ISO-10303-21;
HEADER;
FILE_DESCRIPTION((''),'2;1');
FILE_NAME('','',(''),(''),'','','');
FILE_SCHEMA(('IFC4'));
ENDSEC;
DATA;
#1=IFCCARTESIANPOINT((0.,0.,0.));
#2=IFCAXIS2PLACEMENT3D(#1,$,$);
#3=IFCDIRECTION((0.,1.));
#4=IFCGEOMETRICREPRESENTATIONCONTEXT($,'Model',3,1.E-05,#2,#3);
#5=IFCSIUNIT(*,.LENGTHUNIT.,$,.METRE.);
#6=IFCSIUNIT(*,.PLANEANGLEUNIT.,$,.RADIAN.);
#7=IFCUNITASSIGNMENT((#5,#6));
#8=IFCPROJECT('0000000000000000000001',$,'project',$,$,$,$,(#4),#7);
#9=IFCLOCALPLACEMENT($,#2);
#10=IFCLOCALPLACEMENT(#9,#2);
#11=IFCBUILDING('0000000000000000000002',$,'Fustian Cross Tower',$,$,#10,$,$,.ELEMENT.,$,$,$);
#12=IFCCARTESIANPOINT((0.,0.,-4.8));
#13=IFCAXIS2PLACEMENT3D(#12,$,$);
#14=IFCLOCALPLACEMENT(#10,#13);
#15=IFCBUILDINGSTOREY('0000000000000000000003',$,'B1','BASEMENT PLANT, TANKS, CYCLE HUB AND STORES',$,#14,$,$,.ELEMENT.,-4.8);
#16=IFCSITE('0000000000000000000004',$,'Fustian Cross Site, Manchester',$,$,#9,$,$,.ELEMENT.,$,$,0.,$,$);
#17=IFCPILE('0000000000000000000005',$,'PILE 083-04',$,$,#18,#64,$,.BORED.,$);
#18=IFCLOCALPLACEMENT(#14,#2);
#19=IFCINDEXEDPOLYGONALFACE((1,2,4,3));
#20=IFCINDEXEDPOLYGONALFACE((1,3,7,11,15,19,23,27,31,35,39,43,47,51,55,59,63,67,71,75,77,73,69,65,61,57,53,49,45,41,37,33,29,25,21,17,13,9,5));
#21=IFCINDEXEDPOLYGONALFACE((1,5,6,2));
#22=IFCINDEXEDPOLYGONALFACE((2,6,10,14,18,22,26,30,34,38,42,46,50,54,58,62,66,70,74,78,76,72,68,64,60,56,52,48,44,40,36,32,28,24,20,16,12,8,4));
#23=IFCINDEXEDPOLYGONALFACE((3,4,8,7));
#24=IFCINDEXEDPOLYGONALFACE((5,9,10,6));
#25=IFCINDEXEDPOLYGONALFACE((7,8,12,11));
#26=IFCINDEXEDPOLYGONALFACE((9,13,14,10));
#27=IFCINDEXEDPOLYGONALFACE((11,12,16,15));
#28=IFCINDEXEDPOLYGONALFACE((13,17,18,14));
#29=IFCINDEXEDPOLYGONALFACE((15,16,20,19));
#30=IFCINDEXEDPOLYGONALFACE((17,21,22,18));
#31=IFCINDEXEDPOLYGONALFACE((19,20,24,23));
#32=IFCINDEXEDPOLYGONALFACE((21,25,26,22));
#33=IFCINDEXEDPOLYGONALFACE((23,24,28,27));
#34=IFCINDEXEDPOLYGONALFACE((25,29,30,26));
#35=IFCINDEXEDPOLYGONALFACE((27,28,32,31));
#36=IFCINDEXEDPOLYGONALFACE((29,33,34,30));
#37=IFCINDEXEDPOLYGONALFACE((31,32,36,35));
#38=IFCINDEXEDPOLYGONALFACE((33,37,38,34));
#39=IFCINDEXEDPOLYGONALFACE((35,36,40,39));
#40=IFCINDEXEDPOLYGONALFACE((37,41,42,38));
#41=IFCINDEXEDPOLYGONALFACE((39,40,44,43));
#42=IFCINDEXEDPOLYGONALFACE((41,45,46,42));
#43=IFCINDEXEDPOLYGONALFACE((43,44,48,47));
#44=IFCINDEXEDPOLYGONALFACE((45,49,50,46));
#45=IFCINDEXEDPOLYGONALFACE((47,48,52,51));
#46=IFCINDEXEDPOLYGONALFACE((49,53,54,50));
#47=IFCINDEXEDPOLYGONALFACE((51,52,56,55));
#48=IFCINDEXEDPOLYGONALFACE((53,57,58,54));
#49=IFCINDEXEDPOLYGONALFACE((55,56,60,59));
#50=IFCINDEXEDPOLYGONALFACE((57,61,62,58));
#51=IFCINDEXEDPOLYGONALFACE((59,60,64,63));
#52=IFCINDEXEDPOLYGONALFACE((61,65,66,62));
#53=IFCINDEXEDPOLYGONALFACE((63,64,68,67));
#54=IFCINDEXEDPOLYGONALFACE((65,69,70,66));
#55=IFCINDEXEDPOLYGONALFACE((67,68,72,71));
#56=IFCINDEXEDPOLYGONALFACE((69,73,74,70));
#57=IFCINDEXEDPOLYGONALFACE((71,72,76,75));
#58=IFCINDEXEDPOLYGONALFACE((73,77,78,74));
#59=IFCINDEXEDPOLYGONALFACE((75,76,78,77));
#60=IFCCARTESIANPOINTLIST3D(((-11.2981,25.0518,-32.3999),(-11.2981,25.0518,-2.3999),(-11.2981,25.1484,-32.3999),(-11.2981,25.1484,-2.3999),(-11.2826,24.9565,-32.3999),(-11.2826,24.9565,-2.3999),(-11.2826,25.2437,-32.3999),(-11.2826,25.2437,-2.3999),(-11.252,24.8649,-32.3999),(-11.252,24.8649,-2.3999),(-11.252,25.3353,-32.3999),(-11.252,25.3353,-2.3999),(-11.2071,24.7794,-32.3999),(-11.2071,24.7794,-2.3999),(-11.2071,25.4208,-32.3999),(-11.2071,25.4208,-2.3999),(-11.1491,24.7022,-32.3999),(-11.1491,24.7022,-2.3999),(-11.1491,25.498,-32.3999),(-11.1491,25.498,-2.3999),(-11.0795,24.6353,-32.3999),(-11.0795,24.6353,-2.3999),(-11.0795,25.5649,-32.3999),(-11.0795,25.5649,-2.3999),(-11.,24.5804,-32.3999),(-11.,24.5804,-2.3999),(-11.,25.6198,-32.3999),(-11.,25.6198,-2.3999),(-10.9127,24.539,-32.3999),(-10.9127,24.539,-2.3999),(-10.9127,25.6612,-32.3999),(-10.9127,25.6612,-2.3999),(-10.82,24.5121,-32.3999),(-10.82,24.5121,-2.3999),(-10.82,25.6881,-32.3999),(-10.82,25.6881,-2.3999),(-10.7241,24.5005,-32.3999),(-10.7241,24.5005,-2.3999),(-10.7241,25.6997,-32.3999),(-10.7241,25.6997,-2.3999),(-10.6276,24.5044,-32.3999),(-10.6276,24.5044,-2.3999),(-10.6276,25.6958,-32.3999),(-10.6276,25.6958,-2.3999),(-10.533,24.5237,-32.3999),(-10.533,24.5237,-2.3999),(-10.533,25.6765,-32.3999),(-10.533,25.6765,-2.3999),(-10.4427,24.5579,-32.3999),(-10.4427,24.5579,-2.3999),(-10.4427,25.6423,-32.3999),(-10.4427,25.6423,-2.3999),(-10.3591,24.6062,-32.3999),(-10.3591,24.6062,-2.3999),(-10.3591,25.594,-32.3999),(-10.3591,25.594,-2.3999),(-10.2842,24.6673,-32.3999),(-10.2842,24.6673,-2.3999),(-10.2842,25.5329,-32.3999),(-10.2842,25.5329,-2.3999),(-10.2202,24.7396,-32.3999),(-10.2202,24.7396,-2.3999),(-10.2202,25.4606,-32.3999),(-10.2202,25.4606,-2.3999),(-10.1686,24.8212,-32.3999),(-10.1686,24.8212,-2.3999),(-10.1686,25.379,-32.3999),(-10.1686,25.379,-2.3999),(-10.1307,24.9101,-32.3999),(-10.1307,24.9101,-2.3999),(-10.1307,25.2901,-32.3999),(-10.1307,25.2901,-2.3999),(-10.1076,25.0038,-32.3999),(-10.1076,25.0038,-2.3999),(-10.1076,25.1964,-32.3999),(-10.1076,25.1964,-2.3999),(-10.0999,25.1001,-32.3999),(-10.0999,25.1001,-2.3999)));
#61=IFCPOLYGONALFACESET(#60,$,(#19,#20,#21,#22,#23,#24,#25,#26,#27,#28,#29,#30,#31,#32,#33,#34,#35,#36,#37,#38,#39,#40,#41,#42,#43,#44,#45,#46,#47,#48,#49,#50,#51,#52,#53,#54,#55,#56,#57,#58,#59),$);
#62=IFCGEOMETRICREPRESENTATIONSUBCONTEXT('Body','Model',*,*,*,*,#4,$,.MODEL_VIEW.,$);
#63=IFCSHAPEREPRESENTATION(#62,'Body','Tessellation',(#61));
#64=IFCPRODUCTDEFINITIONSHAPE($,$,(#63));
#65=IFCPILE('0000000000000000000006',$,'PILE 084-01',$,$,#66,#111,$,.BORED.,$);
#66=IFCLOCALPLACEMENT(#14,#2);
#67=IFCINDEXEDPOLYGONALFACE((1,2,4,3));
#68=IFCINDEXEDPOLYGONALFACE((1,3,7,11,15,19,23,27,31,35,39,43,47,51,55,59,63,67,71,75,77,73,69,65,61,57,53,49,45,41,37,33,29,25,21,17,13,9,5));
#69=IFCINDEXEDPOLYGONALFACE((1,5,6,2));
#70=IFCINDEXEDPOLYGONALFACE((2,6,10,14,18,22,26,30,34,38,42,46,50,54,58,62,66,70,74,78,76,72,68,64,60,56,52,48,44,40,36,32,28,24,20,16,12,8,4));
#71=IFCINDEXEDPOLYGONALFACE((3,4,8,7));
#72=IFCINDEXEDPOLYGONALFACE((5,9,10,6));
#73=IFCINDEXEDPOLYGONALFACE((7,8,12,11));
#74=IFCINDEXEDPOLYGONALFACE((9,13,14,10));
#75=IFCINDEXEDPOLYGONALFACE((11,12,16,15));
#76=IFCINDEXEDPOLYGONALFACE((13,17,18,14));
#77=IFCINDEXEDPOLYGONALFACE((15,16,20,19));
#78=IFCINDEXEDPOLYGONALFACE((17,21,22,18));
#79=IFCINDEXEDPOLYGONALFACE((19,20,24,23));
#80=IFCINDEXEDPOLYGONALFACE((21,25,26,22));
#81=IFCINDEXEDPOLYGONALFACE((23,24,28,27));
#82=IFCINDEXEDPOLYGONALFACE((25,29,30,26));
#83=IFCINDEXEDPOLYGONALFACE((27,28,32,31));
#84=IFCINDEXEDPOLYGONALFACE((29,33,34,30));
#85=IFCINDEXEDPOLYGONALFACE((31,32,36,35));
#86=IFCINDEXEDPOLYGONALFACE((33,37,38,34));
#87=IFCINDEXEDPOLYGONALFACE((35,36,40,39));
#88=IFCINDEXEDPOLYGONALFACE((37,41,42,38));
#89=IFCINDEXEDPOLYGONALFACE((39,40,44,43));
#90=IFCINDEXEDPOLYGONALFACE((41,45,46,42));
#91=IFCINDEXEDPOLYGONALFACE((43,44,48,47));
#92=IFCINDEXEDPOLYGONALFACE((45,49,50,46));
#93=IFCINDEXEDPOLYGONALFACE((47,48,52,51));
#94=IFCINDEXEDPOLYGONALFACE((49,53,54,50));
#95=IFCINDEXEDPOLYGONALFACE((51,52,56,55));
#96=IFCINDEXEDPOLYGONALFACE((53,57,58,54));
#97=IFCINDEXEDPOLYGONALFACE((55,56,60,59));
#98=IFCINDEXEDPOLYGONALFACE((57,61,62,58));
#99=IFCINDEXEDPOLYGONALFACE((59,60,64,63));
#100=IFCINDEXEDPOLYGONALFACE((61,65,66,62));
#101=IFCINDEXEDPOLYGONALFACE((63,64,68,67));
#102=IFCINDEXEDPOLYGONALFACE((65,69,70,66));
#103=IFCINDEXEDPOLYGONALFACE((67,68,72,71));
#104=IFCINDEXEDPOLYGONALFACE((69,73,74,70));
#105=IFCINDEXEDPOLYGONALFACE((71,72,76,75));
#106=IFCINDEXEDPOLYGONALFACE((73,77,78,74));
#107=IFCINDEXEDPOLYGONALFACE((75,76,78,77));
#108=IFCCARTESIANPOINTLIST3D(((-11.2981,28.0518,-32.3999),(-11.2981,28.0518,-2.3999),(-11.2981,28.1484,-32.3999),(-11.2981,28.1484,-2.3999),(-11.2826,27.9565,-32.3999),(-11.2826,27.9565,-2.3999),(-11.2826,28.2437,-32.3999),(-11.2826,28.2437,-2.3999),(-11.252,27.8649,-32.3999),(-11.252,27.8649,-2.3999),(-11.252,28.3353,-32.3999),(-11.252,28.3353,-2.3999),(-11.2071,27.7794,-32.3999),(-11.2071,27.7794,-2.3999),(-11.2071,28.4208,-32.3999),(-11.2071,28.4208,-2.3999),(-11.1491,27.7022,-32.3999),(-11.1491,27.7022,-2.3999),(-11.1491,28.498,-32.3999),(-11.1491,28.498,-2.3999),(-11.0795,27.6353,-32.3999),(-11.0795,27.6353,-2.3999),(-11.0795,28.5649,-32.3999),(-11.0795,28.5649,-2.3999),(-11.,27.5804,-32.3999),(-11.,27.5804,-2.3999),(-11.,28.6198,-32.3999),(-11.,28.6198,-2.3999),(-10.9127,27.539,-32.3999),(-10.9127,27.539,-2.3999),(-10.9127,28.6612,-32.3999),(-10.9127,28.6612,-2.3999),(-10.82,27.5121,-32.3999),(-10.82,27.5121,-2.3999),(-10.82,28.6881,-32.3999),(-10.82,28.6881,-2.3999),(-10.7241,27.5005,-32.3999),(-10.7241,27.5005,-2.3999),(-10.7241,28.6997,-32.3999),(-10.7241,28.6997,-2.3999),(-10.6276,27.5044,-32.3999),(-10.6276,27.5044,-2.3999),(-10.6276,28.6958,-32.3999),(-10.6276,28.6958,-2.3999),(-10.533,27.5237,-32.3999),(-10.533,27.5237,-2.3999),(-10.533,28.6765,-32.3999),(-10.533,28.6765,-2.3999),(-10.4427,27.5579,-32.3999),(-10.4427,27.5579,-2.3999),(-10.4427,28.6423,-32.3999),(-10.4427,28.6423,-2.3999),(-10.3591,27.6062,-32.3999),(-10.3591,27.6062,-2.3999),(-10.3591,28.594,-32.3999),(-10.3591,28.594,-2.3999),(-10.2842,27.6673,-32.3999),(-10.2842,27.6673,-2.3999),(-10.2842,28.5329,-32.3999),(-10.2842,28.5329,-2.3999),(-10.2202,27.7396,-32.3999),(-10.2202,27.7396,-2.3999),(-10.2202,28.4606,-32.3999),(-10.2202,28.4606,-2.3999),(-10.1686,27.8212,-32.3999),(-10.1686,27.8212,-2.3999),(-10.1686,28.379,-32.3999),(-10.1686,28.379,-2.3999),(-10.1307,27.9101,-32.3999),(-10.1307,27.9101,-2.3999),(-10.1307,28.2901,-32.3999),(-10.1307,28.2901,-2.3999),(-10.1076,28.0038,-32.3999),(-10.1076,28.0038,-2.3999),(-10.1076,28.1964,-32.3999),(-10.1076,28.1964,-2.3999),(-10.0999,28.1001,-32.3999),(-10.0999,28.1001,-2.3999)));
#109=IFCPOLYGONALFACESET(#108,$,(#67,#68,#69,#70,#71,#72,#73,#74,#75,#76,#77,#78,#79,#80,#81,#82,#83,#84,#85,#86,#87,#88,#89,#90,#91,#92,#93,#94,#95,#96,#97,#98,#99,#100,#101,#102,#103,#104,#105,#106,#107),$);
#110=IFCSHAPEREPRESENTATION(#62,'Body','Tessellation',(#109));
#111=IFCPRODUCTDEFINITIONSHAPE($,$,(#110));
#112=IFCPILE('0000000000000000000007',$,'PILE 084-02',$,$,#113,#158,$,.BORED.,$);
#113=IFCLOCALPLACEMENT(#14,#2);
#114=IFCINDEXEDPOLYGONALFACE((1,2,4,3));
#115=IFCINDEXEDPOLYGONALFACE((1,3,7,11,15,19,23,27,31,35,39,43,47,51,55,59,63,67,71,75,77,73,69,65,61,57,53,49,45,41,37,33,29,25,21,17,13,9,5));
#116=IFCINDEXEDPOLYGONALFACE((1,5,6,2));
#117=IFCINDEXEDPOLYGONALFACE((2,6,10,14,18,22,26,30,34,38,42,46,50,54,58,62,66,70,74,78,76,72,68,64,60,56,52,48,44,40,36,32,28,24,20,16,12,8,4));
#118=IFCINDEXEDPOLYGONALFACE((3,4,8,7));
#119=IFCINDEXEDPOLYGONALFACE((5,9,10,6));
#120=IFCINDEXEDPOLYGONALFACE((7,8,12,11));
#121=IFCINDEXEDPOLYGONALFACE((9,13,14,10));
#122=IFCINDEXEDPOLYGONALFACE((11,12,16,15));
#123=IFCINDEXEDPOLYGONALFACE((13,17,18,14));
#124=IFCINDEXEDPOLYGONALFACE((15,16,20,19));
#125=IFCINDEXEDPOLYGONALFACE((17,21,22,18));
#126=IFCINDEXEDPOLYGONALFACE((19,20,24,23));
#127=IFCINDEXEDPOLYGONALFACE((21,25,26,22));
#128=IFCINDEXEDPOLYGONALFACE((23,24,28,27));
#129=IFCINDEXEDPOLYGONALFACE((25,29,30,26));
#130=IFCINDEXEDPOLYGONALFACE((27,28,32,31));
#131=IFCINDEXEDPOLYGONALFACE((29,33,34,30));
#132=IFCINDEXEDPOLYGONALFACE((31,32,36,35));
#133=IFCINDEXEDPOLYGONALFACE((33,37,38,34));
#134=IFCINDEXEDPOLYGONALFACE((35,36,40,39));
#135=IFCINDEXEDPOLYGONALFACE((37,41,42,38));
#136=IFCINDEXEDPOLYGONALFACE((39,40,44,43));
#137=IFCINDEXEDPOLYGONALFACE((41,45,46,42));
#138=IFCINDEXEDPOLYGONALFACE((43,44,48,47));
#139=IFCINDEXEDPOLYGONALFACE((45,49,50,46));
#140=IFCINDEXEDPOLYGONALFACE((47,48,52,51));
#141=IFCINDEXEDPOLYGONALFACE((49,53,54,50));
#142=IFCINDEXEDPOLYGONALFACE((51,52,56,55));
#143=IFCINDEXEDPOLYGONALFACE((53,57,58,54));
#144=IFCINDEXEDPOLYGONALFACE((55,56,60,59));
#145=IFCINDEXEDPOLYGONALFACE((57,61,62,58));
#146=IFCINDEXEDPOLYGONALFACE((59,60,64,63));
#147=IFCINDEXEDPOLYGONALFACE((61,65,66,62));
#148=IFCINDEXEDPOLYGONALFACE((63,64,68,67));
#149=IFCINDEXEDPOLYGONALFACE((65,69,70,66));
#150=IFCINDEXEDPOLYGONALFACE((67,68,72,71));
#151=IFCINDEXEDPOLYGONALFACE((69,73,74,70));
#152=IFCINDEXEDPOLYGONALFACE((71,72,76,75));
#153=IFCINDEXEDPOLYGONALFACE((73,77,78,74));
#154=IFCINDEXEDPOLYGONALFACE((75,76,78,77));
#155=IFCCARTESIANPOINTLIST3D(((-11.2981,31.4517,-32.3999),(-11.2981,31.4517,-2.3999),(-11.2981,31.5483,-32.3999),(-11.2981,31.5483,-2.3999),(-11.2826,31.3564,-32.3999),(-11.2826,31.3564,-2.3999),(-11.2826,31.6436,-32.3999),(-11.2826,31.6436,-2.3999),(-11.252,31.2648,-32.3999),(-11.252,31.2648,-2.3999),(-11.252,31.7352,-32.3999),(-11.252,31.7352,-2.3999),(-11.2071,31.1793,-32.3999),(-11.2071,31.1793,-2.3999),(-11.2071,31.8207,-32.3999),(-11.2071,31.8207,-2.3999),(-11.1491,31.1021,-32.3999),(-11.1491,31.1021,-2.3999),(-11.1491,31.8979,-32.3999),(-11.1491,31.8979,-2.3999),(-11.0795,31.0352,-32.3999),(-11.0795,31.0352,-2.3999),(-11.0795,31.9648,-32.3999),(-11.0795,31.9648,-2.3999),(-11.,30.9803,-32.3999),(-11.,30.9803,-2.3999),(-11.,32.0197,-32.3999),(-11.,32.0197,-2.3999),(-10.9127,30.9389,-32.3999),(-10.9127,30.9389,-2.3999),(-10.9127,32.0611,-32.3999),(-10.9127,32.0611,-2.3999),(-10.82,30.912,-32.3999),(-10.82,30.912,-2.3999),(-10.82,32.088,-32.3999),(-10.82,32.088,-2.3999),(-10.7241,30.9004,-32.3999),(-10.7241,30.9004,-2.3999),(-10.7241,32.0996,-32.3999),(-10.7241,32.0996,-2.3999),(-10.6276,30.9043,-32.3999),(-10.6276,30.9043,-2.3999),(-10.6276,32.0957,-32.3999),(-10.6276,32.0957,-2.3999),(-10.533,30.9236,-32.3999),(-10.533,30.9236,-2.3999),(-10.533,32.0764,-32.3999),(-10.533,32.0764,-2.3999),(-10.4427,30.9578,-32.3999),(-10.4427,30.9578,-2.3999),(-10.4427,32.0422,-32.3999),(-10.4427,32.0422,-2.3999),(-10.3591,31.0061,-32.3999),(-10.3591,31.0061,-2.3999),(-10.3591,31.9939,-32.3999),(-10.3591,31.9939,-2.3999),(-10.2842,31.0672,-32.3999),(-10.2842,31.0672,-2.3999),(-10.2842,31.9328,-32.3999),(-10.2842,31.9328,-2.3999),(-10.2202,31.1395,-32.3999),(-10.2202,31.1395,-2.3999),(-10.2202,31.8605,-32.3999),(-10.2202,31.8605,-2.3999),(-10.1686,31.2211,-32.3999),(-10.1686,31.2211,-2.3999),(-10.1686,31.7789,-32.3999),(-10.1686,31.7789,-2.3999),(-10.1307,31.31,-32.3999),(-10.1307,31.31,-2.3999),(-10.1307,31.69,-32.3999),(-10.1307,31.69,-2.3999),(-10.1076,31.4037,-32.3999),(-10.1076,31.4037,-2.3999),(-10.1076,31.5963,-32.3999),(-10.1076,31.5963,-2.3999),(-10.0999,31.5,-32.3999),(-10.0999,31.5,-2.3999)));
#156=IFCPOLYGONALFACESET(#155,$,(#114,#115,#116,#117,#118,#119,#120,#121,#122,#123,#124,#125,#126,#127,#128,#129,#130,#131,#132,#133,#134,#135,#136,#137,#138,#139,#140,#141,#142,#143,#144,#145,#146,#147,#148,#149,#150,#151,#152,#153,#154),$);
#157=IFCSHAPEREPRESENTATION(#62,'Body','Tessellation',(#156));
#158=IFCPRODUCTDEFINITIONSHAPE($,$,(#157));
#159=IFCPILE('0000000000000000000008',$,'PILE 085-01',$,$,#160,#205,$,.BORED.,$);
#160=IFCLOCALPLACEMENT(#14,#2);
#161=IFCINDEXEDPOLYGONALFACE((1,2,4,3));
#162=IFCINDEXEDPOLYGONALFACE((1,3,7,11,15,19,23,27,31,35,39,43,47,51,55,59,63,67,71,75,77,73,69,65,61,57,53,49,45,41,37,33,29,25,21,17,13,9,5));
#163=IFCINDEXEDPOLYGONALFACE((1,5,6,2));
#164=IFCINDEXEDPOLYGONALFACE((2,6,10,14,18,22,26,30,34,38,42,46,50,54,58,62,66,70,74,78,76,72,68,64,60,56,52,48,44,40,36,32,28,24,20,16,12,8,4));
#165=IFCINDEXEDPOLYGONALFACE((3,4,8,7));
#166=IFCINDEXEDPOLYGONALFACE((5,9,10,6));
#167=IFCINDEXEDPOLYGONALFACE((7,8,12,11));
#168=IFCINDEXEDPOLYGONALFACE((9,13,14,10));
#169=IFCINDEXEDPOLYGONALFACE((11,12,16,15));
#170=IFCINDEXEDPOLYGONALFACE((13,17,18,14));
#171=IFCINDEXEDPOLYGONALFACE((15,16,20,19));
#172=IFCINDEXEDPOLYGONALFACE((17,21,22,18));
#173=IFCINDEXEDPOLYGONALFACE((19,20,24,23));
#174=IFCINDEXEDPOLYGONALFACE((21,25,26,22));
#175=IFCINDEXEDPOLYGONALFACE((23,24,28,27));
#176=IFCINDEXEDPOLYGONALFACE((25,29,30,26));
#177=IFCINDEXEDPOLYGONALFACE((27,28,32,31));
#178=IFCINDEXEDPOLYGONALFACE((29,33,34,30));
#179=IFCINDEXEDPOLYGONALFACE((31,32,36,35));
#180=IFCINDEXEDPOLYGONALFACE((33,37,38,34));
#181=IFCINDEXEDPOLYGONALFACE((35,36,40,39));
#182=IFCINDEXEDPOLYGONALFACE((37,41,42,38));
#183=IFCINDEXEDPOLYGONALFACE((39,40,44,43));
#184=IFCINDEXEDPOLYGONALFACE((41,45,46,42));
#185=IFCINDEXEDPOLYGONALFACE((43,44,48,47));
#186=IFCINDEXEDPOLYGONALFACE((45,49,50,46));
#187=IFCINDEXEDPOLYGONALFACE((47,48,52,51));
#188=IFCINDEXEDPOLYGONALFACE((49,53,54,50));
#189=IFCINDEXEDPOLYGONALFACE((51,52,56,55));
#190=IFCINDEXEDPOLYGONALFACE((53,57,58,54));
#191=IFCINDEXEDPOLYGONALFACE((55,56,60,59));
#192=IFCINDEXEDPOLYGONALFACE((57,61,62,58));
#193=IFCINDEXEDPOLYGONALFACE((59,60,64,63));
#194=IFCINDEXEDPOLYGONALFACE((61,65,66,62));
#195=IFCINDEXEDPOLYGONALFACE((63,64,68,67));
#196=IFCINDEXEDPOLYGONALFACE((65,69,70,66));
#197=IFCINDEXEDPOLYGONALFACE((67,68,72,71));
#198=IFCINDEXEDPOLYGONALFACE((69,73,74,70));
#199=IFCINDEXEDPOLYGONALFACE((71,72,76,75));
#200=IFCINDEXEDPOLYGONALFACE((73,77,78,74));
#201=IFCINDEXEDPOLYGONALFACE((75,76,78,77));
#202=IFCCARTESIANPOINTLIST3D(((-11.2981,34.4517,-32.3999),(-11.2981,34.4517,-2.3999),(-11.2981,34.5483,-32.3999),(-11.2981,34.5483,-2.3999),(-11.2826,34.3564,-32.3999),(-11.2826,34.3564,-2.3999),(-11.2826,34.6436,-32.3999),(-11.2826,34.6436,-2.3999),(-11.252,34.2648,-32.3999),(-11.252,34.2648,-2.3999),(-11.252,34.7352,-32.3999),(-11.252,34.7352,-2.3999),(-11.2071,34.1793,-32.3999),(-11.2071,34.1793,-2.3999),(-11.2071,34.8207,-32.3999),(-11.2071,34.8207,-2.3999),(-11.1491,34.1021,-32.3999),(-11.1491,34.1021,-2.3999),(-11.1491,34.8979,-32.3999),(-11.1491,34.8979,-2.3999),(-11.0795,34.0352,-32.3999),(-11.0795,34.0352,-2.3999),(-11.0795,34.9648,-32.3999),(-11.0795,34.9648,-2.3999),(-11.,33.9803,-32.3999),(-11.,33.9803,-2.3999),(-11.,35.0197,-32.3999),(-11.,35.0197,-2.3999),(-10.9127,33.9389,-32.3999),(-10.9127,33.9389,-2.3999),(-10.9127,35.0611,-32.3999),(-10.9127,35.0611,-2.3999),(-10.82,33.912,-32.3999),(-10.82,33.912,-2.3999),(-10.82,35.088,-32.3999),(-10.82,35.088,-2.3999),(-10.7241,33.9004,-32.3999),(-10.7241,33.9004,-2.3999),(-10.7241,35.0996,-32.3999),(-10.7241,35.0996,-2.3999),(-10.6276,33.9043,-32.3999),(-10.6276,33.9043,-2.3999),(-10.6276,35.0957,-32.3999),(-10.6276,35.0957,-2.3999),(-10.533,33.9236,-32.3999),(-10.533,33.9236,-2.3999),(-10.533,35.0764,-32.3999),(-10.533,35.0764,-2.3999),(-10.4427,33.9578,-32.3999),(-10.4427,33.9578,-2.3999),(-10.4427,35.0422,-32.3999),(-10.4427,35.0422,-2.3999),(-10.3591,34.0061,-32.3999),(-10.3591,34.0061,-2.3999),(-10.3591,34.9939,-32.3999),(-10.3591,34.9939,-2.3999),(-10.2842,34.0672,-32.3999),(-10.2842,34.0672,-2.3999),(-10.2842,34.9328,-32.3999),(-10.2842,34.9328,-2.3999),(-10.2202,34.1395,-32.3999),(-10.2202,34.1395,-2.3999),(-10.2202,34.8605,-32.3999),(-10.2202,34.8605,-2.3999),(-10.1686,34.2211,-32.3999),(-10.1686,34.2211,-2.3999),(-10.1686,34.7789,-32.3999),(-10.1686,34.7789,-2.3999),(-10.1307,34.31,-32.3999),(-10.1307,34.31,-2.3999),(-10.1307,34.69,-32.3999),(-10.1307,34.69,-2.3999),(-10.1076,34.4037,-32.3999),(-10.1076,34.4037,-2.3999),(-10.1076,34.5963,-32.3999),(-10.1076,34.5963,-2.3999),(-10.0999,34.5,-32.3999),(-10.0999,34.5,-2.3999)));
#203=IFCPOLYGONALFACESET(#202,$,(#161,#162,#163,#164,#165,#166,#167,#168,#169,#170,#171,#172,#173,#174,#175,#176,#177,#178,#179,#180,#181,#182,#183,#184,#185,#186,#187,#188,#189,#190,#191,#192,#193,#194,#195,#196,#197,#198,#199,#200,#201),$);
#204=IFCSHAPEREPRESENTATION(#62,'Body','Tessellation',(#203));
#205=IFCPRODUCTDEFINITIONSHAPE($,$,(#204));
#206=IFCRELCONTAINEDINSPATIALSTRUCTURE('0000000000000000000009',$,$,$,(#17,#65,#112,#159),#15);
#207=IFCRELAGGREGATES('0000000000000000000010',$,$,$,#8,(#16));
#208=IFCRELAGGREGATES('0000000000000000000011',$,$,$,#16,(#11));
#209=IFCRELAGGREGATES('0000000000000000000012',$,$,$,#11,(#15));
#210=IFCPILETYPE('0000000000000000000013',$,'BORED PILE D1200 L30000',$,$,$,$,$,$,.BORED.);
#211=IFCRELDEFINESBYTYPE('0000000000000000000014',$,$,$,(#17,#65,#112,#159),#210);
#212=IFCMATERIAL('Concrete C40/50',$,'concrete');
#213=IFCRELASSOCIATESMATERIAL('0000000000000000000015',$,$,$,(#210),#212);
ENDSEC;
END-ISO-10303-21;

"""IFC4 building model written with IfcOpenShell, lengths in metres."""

from ifc_helpers import new_model, si_unit, direction, frame, origin, origin_2d, place, context, subcontext, project, spatial, circle, extrude, material, material_profile, profile_set, type_object, element, save


model = new_model("IFC4")

# Units and contexts
model_context = context("Model", 3, precision=1e-05, world=origin(), true_north=direction((0.0, 1.0)))
body_context = subcontext(model_context, "Body", "Model", "MODEL_VIEW")
ifc_project = project(units=[si_unit("LENGTHUNIT", "METRE"), si_unit("PLANEANGLEUNIT", "RADIAN")], contexts=[model_context])

# Site, building, storey
site_placement = place(None, origin())
site = spatial("IfcSite", under=ifc_project, at=site_placement, Name="Fustian Cross Site, Manchester", CompositionType="ELEMENT", RefElevation=0.0)
building_placement = place(site_placement, origin())
building = spatial("IfcBuilding", under=site, at=building_placement, Name="Fustian Cross Tower", CompositionType="ELEMENT")
storey_placement = place(building_placement, frame((0.0, 0.0, -4.8)))
storey = spatial("IfcBuildingStorey", under=building, at=storey_placement, Name="B1", Description="BASEMENT PLANT, TANKS, CYCLE HUB AND STORES", CompositionType="ELEMENT", Elevation=-4.8)

# Piles
ifc_material_1 = material(Name="Concrete C40/50", Category="concrete")
ifc_material_profile_1 = material_profile(ifc_material_1, circle(Radius=0.6001, at=origin_2d()), Name="BORED PILE D1200 L30000")
ifc_profile_set_1 = profile_set([ifc_material_profile_1], Name="Concrete C40/50")
pile_type_1 = type_object("IfcPileType", Name="BORED PILE D1200 L30000", PredefinedType="BORED", material=ifc_profile_set_1)
for number, where, z_axis, x_axis, name in (
    (1, (-10.7, 25.1001, -2.3999), (0.0, 0.0, -1.0), (1.0, 0.0, 0.0), "PILE 083-04"),
    (2, (-10.7, 28.1001, -2.3999), (0.0, 0.0, -1.0), (1.0, 0.0, 0.0), "PILE 084-01"),
    (3, (-10.7, 31.5, -2.3999), (0.0, 0.0, -1.0), (1.0, 0.0, 0.0), "PILE 084-02"),
    (4, (-10.7, 34.5, -2.3999), (0.0, 0.0, -1.0), (1.0, 0.0, 0.0), "PILE 085-01"),
):
    element("IfcPile", number, at=place(storey_placement, frame(where, z_axis=z_axis, x_axis=x_axis)), inside=storey, type_object=pile_type_1, Name=name, PredefinedType="BORED", context=body_context, shape_type="SweptSolid", body=[
        extrude(circle(Radius=0.6001, at=origin_2d()), origin(), (0.0, 0.0, 1.0), 30.0),
    ])

save(model, "model.ifc")
